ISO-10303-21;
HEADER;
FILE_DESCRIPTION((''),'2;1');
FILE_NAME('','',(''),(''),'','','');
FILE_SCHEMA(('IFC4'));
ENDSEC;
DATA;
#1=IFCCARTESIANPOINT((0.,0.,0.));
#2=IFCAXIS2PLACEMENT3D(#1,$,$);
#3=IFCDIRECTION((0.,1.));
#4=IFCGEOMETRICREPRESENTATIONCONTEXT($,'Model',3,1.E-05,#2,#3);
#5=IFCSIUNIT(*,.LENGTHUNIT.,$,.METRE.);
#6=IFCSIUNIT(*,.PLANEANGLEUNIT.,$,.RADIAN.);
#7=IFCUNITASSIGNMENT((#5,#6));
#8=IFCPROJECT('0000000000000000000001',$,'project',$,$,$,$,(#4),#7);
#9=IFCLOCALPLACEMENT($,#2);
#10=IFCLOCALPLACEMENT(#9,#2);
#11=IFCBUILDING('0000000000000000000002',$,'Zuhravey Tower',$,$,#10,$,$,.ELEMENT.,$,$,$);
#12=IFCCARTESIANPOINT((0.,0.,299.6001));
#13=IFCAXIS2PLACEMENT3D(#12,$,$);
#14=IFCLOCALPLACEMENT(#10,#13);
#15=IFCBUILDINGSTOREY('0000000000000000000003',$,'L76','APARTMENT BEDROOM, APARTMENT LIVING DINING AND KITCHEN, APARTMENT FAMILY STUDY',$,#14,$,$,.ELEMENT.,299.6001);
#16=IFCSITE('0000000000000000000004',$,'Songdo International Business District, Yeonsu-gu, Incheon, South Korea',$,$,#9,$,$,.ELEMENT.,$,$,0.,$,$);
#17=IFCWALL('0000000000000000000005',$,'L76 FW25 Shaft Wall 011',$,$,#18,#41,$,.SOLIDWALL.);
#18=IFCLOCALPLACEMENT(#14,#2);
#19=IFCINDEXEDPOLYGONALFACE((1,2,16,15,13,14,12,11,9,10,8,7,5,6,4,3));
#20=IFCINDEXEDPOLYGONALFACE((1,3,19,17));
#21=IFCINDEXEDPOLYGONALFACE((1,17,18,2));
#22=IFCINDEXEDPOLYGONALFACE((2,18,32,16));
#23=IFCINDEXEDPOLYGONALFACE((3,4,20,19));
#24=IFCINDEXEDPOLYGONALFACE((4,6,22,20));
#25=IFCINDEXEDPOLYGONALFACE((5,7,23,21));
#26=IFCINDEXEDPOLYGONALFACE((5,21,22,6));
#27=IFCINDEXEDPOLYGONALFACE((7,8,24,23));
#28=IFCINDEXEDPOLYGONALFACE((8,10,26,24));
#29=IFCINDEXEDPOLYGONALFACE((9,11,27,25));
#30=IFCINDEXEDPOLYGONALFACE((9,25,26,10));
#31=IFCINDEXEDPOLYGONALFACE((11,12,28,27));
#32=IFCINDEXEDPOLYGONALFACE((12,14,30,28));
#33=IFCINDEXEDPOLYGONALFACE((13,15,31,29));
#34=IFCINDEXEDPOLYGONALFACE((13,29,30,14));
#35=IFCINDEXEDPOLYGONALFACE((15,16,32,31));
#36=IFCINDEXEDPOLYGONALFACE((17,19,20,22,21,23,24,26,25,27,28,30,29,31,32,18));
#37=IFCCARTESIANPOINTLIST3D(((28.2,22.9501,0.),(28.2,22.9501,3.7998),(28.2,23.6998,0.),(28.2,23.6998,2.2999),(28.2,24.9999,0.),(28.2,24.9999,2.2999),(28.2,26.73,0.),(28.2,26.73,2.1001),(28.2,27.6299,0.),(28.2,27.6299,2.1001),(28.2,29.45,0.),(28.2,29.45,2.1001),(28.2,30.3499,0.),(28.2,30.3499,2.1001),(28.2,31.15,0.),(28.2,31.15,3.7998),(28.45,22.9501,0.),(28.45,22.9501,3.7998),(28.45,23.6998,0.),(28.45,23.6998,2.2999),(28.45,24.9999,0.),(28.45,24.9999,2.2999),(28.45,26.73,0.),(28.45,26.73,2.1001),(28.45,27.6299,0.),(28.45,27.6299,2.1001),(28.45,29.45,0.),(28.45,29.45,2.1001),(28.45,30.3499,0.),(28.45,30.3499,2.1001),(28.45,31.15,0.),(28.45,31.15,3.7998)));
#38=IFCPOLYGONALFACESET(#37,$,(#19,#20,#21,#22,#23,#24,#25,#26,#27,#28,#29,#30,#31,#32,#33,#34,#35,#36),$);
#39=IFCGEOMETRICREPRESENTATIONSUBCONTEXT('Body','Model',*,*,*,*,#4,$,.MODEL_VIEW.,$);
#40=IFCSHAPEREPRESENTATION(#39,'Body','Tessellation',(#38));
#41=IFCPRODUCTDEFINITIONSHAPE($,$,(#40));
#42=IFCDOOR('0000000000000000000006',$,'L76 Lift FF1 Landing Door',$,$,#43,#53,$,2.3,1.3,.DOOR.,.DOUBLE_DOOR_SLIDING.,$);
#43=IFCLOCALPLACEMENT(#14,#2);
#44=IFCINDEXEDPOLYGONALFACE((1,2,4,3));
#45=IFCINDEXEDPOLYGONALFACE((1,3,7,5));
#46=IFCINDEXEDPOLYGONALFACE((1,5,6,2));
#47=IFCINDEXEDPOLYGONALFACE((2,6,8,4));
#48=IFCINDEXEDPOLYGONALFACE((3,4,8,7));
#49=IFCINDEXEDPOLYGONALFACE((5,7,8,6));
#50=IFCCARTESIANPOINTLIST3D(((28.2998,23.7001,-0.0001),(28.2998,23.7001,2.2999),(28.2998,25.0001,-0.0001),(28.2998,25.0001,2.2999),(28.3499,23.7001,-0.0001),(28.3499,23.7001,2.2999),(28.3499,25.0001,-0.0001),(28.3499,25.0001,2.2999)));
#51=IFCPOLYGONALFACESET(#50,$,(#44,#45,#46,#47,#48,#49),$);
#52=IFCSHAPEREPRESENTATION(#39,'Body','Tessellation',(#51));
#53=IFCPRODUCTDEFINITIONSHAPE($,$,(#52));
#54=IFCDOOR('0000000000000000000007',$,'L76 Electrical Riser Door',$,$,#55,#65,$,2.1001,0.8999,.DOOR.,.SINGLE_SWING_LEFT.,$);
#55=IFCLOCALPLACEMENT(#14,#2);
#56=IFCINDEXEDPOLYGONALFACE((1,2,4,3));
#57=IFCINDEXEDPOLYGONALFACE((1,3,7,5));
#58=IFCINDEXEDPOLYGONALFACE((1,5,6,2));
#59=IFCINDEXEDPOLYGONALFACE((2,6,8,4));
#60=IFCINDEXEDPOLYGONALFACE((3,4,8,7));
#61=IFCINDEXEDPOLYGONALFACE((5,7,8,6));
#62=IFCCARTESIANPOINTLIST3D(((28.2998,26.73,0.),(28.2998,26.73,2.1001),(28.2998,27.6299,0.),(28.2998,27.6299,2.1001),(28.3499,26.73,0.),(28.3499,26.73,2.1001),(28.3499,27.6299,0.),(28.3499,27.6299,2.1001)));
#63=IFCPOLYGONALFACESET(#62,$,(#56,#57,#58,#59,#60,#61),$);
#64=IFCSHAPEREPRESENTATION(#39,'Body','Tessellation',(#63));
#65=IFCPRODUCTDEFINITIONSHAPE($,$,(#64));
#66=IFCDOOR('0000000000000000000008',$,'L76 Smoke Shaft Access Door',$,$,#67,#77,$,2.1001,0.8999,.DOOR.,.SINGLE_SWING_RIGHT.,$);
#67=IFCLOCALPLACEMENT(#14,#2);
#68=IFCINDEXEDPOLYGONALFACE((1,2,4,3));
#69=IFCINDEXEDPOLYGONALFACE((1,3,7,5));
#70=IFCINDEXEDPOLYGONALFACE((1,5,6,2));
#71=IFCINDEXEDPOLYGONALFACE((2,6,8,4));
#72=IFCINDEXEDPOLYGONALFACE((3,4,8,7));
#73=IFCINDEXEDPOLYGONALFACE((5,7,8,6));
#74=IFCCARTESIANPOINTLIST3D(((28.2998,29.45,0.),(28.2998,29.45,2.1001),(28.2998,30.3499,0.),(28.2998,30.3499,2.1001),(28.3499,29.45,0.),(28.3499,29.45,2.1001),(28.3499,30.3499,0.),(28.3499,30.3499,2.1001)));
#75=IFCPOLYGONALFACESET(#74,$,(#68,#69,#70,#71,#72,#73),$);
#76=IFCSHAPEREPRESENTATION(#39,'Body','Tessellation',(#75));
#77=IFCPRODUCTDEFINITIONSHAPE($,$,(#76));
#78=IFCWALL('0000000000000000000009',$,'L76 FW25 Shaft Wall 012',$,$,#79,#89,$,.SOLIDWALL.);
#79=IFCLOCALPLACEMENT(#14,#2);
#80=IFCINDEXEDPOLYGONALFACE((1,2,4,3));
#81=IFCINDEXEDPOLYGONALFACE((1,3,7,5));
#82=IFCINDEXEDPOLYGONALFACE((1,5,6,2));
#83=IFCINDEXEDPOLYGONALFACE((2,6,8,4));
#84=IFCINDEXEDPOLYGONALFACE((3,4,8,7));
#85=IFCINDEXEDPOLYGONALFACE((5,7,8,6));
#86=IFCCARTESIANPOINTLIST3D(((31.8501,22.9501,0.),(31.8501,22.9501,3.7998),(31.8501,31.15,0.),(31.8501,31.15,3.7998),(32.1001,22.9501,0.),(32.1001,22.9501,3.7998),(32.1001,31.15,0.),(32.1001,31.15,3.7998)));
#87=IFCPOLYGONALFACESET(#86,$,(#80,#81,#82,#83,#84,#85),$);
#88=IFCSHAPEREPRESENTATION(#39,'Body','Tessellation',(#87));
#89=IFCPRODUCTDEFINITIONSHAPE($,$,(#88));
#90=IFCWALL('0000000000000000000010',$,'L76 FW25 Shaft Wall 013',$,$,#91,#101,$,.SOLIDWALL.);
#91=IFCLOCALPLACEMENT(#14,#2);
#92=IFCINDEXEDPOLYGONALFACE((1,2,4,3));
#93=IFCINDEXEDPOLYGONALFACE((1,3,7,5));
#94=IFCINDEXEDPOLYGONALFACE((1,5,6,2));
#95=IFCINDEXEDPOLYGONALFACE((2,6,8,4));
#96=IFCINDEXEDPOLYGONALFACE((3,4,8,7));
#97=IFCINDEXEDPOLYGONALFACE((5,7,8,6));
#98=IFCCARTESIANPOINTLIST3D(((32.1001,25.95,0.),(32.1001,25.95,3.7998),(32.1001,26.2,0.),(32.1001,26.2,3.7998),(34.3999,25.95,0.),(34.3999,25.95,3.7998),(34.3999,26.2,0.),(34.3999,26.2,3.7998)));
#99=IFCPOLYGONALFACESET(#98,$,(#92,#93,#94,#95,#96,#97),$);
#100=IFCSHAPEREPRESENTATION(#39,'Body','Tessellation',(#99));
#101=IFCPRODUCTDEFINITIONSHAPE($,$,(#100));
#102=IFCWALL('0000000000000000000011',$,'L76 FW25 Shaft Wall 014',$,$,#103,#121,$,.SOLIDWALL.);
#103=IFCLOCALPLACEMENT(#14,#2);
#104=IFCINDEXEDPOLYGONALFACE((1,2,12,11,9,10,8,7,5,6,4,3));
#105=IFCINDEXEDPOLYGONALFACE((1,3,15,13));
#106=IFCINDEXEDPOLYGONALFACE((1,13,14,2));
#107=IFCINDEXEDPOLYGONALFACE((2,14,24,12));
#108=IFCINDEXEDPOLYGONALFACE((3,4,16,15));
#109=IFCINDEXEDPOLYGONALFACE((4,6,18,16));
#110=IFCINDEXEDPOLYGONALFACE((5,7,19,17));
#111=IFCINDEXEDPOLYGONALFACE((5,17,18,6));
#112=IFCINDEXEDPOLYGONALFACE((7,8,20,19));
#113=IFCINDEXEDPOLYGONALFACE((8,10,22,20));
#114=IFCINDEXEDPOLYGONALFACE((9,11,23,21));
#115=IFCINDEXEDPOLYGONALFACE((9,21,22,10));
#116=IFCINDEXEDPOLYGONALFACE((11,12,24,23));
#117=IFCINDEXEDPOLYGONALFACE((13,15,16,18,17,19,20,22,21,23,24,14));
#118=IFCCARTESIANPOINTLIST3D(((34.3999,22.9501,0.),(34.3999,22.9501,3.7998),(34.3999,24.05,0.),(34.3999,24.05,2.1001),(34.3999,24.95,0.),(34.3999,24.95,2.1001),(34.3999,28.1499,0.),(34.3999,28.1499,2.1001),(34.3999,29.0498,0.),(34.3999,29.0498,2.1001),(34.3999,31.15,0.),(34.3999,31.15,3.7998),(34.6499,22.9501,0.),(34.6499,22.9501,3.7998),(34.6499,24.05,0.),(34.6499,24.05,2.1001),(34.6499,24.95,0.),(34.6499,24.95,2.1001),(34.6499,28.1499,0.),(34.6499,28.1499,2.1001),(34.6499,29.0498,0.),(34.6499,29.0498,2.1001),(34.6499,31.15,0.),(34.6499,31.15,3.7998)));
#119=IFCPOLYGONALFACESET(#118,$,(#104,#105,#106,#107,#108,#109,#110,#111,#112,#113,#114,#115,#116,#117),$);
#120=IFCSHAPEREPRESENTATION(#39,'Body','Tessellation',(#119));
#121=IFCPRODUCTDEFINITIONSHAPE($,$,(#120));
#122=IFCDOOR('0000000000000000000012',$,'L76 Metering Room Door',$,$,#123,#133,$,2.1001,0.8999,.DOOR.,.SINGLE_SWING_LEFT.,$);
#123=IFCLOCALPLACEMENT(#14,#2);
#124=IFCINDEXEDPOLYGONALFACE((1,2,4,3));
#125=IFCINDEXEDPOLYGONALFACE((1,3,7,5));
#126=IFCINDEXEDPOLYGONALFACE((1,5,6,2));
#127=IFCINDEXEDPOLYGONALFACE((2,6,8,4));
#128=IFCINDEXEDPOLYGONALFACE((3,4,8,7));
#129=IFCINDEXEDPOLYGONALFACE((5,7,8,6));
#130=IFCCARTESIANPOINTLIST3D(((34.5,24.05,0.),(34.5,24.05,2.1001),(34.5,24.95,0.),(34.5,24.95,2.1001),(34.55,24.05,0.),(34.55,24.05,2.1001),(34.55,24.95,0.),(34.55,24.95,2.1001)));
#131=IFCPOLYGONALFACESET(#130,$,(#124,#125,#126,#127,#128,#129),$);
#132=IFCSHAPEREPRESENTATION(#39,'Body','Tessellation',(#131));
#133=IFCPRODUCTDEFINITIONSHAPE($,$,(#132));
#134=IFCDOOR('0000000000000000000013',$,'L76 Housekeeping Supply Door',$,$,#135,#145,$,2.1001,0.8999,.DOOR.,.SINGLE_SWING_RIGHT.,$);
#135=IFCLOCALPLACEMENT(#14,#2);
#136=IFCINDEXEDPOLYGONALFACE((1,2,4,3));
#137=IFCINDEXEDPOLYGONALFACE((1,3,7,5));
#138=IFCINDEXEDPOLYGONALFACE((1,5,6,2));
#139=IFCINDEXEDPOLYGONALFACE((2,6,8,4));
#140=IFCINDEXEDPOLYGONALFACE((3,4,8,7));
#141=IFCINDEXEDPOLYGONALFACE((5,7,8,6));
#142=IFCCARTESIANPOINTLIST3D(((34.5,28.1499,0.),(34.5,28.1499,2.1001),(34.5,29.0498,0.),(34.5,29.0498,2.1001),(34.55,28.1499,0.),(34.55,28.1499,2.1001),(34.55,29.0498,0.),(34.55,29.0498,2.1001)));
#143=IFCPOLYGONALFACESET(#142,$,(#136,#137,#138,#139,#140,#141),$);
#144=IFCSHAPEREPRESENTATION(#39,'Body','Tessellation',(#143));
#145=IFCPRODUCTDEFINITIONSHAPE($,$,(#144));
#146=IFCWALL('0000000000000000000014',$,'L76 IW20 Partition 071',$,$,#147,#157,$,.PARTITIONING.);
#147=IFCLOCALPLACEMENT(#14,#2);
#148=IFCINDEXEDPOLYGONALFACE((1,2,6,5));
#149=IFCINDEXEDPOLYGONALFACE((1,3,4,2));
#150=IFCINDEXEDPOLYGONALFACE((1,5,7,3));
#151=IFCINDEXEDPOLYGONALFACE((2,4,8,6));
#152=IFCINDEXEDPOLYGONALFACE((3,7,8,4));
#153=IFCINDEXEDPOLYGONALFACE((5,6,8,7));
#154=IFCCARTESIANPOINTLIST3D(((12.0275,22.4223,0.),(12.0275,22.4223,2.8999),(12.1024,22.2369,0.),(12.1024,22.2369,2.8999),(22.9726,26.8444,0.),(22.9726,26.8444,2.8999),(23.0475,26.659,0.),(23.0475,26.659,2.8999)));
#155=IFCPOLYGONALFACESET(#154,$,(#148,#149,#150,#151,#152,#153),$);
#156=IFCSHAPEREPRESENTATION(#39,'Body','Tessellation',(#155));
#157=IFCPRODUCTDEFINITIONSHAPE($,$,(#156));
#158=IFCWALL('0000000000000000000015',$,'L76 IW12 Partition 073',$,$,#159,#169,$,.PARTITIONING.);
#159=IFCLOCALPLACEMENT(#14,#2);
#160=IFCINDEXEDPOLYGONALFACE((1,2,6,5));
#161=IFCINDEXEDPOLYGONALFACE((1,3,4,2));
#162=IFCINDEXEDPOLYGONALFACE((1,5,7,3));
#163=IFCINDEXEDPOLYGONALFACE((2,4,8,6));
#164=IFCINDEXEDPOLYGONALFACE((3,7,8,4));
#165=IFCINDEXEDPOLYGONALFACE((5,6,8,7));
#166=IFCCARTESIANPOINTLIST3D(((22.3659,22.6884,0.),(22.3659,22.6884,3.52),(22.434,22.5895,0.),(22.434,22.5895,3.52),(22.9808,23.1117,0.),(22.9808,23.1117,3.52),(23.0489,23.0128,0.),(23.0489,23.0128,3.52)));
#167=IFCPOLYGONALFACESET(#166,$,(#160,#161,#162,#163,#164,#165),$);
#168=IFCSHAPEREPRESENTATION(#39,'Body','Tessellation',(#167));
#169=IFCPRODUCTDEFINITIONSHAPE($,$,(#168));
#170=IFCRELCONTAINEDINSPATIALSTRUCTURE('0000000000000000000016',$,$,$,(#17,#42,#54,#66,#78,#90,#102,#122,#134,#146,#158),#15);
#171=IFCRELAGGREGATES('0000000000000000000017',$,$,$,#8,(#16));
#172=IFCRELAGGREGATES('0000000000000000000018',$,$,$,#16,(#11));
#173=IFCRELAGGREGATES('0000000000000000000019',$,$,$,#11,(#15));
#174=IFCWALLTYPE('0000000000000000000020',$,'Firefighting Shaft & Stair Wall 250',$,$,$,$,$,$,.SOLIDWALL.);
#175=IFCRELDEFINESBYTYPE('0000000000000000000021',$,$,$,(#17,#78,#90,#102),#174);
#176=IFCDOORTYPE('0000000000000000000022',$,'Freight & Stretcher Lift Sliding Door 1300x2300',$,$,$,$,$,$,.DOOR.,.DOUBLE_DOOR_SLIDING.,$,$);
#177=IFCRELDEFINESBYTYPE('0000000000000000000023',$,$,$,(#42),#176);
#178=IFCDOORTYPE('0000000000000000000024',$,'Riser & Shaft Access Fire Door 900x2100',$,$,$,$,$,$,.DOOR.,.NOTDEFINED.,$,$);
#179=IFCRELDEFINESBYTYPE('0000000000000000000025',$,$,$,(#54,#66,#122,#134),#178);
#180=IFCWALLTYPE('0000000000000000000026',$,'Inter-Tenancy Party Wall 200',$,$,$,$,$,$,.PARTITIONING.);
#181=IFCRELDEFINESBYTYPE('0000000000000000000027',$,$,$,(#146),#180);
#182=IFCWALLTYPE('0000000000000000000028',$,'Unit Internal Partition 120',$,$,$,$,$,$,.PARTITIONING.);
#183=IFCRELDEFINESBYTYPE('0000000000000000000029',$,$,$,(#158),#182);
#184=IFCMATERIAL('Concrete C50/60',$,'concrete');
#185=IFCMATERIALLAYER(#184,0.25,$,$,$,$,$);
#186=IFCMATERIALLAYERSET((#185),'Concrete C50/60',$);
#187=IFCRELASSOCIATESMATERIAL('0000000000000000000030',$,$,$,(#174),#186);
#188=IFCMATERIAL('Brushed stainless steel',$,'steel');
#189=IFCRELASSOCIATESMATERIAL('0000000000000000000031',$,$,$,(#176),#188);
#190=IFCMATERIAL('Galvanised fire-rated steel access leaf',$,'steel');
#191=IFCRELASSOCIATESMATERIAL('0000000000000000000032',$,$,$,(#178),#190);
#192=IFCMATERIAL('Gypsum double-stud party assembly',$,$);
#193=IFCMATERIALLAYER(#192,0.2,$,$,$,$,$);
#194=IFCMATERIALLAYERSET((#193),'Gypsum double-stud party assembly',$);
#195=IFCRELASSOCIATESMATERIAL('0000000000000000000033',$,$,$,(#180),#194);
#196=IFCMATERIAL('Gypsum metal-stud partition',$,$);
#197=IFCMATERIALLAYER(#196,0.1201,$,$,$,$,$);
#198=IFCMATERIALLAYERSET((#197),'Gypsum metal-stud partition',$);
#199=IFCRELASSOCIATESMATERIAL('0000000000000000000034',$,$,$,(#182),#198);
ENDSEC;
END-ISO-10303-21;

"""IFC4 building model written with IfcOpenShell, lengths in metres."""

from ifc_helpers import new_model, si_unit, direction, frame, frame_2d, origin, place, context, subcontext, project, spatial, rectangle, extrude, material, layer, layer_set, type_object, element, fill, save


model = new_model("IFC4")

# Units and contexts
model_context = context("Model", 3, precision=1e-05, world=origin(), true_north=direction((0.0, 1.0)))
body_context = subcontext(model_context, "Body", "Model", "MODEL_VIEW")
ifc_project = project(units=[si_unit("LENGTHUNIT", "METRE"), si_unit("PLANEANGLEUNIT", "RADIAN")], contexts=[model_context])

# Site, building, storey
site_placement = place(None, origin())
site = spatial("IfcSite", under=ifc_project, at=site_placement, Name="Songdo International Business District, Yeonsu-gu, Incheon, South Korea", CompositionType="ELEMENT", RefElevation=0.0)
building_placement = place(site_placement, origin())
building = spatial("IfcBuilding", under=site, at=building_placement, Name="Zuhravey Tower", CompositionType="ELEMENT")
storey_placement = place(building_placement, frame((0.0, 0.0, 299.6001)))
storey = spatial("IfcBuildingStorey", under=building, at=storey_placement, Name="L76", Description="APARTMENT BEDROOM, APARTMENT LIVING DINING AND KITCHEN, APARTMENT FAMILY STUDY", CompositionType="ELEMENT", Elevation=299.6001)

# Shared definitions
ifc_material_1 = material(Name="Concrete C50/60", Category="concrete")

# Shared definitions
ifc_layer_1 = layer(ifc_material_1, 0.25)
ifc_layer_set_1 = layer_set([ifc_layer_1], Name="Concrete C50/60")
wall_type_1 = type_object("IfcWallType", Name="Firefighting Shaft & Stair Wall 250", PredefinedType="SOLIDWALL", material=ifc_layer_set_1)

# Wall, openings, doors
wall_1_placement = place(storey_placement, frame((28.325, 22.95, 0.0), z_axis=(0.0, 0.0, 1.0), x_axis=(0.0, 1.0, 0.0)))
wall_1 = element("IfcWall", 1, at=wall_1_placement, inside=storey, type_object=wall_type_1, Name="L76 FW25 Shaft Wall 011", PredefinedType="SOLIDWALL", context=body_context, shape_type="SweptSolid", body=[
    extrude(rectangle(XDim=8.2, YDim=0.25, at=frame_2d((4.1001, 0.0))), origin(), (0.0, 0.0, 1.0), 3.7998),
])
opening_1_placement = place(wall_1_placement, frame((0.75, 0.0, 0.0)))
opening_1 = element("IfcOpeningElement", 2, at=opening_1_placement, cuts=wall_1, PredefinedType="OPENING", context=body_context, shape_type="SweptSolid", body=[
    extrude(rectangle(XDim=1.3, YDim=2.3, at=frame_2d((0.6499, 1.1499))), frame((0.0, 0.137, 0.0), z_axis=(0.0, -1.0, 0.0), x_axis=(1.0, 0.0, 0.0)), (0.0, 0.0, 1.0), 0.2739),
])
opening_2_placement = place(wall_1_placement, frame((3.78, 0.0, 0.0)))
opening_2 = element("IfcOpeningElement", 3, at=opening_2_placement, cuts=wall_1, PredefinedType="OPENING", context=body_context, shape_type="SweptSolid", body=[
    extrude(rectangle(XDim=0.8999, YDim=2.1001, at=frame_2d((0.45, 1.05))), frame((0.0, 0.137, 0.0), z_axis=(0.0, -1.0, 0.0), x_axis=(1.0, 0.0, 0.0)), (0.0, 0.0, 1.0), 0.2739),
])
opening_3_placement = place(wall_1_placement, frame((6.5, 0.0, 0.0)))
opening_3 = element("IfcOpeningElement", 4, at=opening_3_placement, cuts=wall_1, PredefinedType="OPENING", context=body_context, shape_type="SweptSolid", body=[
    extrude(rectangle(XDim=0.8999, YDim=2.1001, at=frame_2d((0.45, 1.05))), frame((0.0, 0.137, 0.0), z_axis=(0.0, -1.0, 0.0), x_axis=(1.0, 0.0, 0.0)), (0.0, 0.0, 1.0), 0.2739),
])
ifc_material_2 = material(Name="Brushed stainless steel", Category="steel")
door_type_1 = type_object("IfcDoorType", Name="Freight & Stretcher Lift Sliding Door 1300x2300", OperationType="DOUBLE_DOOR_SLIDING", PredefinedType="DOOR", material=ifc_material_2)
door_1_placement = place(opening_1_placement, frame((1.3, 0.0, 0.0), z_axis=(0.0, 0.0, 1.0), x_axis=(-1.0, 0.0, 0.0)))
door_1 = element("IfcDoor", 5, at=door_1_placement, inside=storey, type_object=door_type_1, Name="L76 Lift FF1 Landing Door", OperationType="DOUBLE_DOOR_SLIDING", OverallHeight=2.3, OverallWidth=1.3, PredefinedType="DOOR", context=body_context, shape_type="SweptSolid", body=[
    extrude(rectangle(XDim=1.3, YDim=2.3, at=frame_2d((0.6499, 1.1499))), frame((0.0, 0.0249, 0.0), z_axis=(0.0, -1.0, 0.0), x_axis=(1.0, 0.0, 0.0)), (0.0, 0.0, 1.0), 0.05),
])
fill(opening_1, door_1)
ifc_material_3 = material(Name="Galvanised fire-rated steel access leaf", Category="steel")
door_type_2 = type_object("IfcDoorType", Name="Riser & Shaft Access Fire Door 900x2100", OperationType="NOTDEFINED", PredefinedType="DOOR", material=ifc_material_3)
door_2_placement = place(opening_2_placement, frame((0.8999, 0.0, 0.0), z_axis=(0.0, 0.0, 1.0), x_axis=(-1.0, 0.0, 0.0)))
door_2 = element("IfcDoor", 6, at=door_2_placement, inside=storey, type_object=door_type_2, Name="L76 Electrical Riser Door", OperationType="SINGLE_SWING_LEFT", OverallHeight=2.1001, OverallWidth=0.8999, PredefinedType="DOOR", context=body_context, shape_type="SweptSolid", body=[
    extrude(rectangle(XDim=0.8999, YDim=2.1001, at=frame_2d((0.45, 1.05))), frame((0.0, 0.0249, 0.0), z_axis=(0.0, -1.0, 0.0), x_axis=(1.0, 0.0, 0.0)), (0.0, 0.0, 1.0), 0.05),
])
fill(opening_2, door_2)
door_3_placement = place(opening_3_placement, frame((0.8999, 0.0, 0.0), z_axis=(0.0, 0.0, 1.0), x_axis=(-1.0, 0.0, 0.0)))
door_3 = element("IfcDoor", 7, at=door_3_placement, inside=storey, type_object=door_type_2, Name="L76 Smoke Shaft Access Door", OperationType="SINGLE_SWING_RIGHT", OverallHeight=2.1001, OverallWidth=0.8999, PredefinedType="DOOR", context=body_context, shape_type="SweptSolid", body=[
    extrude(rectangle(XDim=0.8999, YDim=2.1001, at=frame_2d((0.45, 1.05))), frame((0.0, 0.0249, 0.0), z_axis=(0.0, -1.0, 0.0), x_axis=(1.0, 0.0, 0.0)), (0.0, 0.0, 1.0), 0.05),
])
fill(opening_3, door_3)

# Walls
wall_2_placement = place(storey_placement, frame((31.9751, 22.95, 0.0), z_axis=(0.0, 0.0, 1.0), x_axis=(0.0, 1.0, 0.0)))
element("IfcWall", 8, at=wall_2_placement, inside=storey, type_object=wall_type_1, Name="L76 FW25 Shaft Wall 012", PredefinedType="SOLIDWALL", context=body_context, shape_type="SweptSolid", body=[
    extrude(rectangle(XDim=8.2, YDim=0.25, at=frame_2d((4.1001, 0.0))), origin(), (0.0, 0.0, 1.0), 3.7998),
])
wall_3_placement = place(storey_placement, frame((32.1001, 26.075, 0.0), z_axis=(0.0, 0.0, 1.0), x_axis=(1.0, 0.0, 0.0)))
element("IfcWall", 9, at=wall_3_placement, inside=storey, type_object=wall_type_1, Name="L76 FW25 Shaft Wall 013", PredefinedType="SOLIDWALL", context=body_context, shape_type="SweptSolid", body=[
    extrude(rectangle(XDim=2.2998, YDim=0.25, at=frame_2d((1.1499, 0.0))), origin(), (0.0, 0.0, 1.0), 3.7998),
])

# Wall, openings, doors
wall_4_placement = place(storey_placement, frame((34.5249, 22.95, 0.0), z_axis=(0.0, 0.0, 1.0), x_axis=(0.0, 1.0, 0.0)))
wall_4 = element("IfcWall", 10, at=wall_4_placement, inside=storey, type_object=wall_type_1, Name="L76 FW25 Shaft Wall 014", PredefinedType="SOLIDWALL", context=body_context, shape_type="SweptSolid", body=[
    extrude(rectangle(XDim=8.2, YDim=0.25, at=frame_2d((4.1001, 0.0))), origin(), (0.0, 0.0, 1.0), 3.7998),
])
opening_4_placement = place(wall_4_placement, frame((1.1001, 0.0, 0.0)))
opening_4 = element("IfcOpeningElement", 11, at=opening_4_placement, cuts=wall_4, PredefinedType="OPENING", context=body_context, shape_type="SweptSolid", body=[
    extrude(rectangle(XDim=0.8999, YDim=2.1001, at=frame_2d((0.45, 1.05))), frame((0.0, 0.137, 0.0), z_axis=(0.0, -1.0, 0.0), x_axis=(1.0, 0.0, 0.0)), (0.0, 0.0, 1.0), 0.2739),
])
opening_5_placement = place(wall_4_placement, frame((5.2, 0.0, 0.0)))
opening_5 = element("IfcOpeningElement", 12, at=opening_5_placement, cuts=wall_4, PredefinedType="OPENING", context=body_context, shape_type="SweptSolid", body=[
    extrude(rectangle(XDim=0.8999, YDim=2.1001, at=frame_2d((0.45, 1.05))), frame((0.0, 0.137, 0.0), z_axis=(0.0, -1.0, 0.0), x_axis=(1.0, 0.0, 0.0)), (0.0, 0.0, 1.0), 0.2739),
])
door_4_placement = place(opening_4_placement, origin())
door_4 = element("IfcDoor", 13, at=door_4_placement, inside=storey, type_object=door_type_2, Name="L76 Metering Room Door", OperationType="SINGLE_SWING_LEFT", OverallHeight=2.1001, OverallWidth=0.8999, PredefinedType="DOOR", context=body_context, shape_type="SweptSolid", body=[
    extrude(rectangle(XDim=0.8999, YDim=2.1001, at=frame_2d((0.45, 1.05))), frame((0.0, 0.0249, 0.0), z_axis=(0.0, -1.0, 0.0), x_axis=(1.0, 0.0, 0.0)), (0.0, 0.0, 1.0), 0.05),
])
fill(opening_4, door_4)
door_5_placement = place(opening_5_placement, origin())
door_5 = element("IfcDoor", 14, at=door_5_placement, inside=storey, type_object=door_type_2, Name="L76 Housekeeping Supply Door", OperationType="SINGLE_SWING_RIGHT", OverallHeight=2.1001, OverallWidth=0.8999, PredefinedType="DOOR", context=body_context, shape_type="SweptSolid", body=[
    extrude(rectangle(XDim=0.8999, YDim=2.1001, at=frame_2d((0.45, 1.05))), frame((0.0, 0.0249, 0.0), z_axis=(0.0, -1.0, 0.0), x_axis=(1.0, 0.0, 0.0)), (0.0, 0.0, 1.0), 0.05),
])
fill(opening_5, door_5)

# Walls
ifc_material_4 = material(Name="Gypsum double-stud party assembly")
ifc_layer_2 = layer(ifc_material_4, 0.2)
ifc_layer_set_2 = layer_set([ifc_layer_2], Name="Gypsum double-stud party assembly")
wall_type_2 = type_object("IfcWallType", Name="Inter-Tenancy Party Wall 200", PredefinedType="PARTITIONING", material=ifc_layer_set_2)
wall_5_placement = place(storey_placement, frame((23.01, 26.7517, 0.0), z_axis=(0.0, 0.0, 1.0), x_axis=(-0.927183, -0.374608, 0.0)))
element("IfcWall", 15, at=wall_5_placement, inside=storey, type_object=wall_type_2, Name="L76 IW20 Partition 071", PredefinedType="PARTITIONING", context=body_context, shape_type="SweptSolid", body=[
    extrude(rectangle(XDim=11.8047, YDim=0.2, at=frame_2d((5.9023, 0.0))), origin(), (0.0, 0.0, 1.0), 2.8999),
])
ifc_material_5 = material(Name="Gypsum metal-stud partition")
ifc_layer_3 = layer(ifc_material_5, 0.1201)
ifc_layer_set_3 = layer_set([ifc_layer_3], Name="Gypsum metal-stud partition")
wall_type_3 = type_object("IfcWallType", Name="Unit Internal Partition 120", PredefinedType="PARTITIONING", material=ifc_layer_set_3)
wall_6_placement = place(storey_placement, frame((23.0149, 23.0623, 0.0), z_axis=(0.0, 0.0, 1.0), x_axis=(-0.823708, -0.567014, 0.0)))
element("IfcWall", 16, at=wall_6_placement, inside=storey, type_object=wall_type_3, Name="L76 IW12 Partition 073", PredefinedType="PARTITIONING", context=body_context, shape_type="SweptSolid", body=[
    extrude(rectangle(XDim=0.7466, YDim=0.1201, at=frame_2d((0.3733, 0.0))), origin(), (0.0, 0.0, 1.0), 3.52),
])

save(model, "model.ifc")
